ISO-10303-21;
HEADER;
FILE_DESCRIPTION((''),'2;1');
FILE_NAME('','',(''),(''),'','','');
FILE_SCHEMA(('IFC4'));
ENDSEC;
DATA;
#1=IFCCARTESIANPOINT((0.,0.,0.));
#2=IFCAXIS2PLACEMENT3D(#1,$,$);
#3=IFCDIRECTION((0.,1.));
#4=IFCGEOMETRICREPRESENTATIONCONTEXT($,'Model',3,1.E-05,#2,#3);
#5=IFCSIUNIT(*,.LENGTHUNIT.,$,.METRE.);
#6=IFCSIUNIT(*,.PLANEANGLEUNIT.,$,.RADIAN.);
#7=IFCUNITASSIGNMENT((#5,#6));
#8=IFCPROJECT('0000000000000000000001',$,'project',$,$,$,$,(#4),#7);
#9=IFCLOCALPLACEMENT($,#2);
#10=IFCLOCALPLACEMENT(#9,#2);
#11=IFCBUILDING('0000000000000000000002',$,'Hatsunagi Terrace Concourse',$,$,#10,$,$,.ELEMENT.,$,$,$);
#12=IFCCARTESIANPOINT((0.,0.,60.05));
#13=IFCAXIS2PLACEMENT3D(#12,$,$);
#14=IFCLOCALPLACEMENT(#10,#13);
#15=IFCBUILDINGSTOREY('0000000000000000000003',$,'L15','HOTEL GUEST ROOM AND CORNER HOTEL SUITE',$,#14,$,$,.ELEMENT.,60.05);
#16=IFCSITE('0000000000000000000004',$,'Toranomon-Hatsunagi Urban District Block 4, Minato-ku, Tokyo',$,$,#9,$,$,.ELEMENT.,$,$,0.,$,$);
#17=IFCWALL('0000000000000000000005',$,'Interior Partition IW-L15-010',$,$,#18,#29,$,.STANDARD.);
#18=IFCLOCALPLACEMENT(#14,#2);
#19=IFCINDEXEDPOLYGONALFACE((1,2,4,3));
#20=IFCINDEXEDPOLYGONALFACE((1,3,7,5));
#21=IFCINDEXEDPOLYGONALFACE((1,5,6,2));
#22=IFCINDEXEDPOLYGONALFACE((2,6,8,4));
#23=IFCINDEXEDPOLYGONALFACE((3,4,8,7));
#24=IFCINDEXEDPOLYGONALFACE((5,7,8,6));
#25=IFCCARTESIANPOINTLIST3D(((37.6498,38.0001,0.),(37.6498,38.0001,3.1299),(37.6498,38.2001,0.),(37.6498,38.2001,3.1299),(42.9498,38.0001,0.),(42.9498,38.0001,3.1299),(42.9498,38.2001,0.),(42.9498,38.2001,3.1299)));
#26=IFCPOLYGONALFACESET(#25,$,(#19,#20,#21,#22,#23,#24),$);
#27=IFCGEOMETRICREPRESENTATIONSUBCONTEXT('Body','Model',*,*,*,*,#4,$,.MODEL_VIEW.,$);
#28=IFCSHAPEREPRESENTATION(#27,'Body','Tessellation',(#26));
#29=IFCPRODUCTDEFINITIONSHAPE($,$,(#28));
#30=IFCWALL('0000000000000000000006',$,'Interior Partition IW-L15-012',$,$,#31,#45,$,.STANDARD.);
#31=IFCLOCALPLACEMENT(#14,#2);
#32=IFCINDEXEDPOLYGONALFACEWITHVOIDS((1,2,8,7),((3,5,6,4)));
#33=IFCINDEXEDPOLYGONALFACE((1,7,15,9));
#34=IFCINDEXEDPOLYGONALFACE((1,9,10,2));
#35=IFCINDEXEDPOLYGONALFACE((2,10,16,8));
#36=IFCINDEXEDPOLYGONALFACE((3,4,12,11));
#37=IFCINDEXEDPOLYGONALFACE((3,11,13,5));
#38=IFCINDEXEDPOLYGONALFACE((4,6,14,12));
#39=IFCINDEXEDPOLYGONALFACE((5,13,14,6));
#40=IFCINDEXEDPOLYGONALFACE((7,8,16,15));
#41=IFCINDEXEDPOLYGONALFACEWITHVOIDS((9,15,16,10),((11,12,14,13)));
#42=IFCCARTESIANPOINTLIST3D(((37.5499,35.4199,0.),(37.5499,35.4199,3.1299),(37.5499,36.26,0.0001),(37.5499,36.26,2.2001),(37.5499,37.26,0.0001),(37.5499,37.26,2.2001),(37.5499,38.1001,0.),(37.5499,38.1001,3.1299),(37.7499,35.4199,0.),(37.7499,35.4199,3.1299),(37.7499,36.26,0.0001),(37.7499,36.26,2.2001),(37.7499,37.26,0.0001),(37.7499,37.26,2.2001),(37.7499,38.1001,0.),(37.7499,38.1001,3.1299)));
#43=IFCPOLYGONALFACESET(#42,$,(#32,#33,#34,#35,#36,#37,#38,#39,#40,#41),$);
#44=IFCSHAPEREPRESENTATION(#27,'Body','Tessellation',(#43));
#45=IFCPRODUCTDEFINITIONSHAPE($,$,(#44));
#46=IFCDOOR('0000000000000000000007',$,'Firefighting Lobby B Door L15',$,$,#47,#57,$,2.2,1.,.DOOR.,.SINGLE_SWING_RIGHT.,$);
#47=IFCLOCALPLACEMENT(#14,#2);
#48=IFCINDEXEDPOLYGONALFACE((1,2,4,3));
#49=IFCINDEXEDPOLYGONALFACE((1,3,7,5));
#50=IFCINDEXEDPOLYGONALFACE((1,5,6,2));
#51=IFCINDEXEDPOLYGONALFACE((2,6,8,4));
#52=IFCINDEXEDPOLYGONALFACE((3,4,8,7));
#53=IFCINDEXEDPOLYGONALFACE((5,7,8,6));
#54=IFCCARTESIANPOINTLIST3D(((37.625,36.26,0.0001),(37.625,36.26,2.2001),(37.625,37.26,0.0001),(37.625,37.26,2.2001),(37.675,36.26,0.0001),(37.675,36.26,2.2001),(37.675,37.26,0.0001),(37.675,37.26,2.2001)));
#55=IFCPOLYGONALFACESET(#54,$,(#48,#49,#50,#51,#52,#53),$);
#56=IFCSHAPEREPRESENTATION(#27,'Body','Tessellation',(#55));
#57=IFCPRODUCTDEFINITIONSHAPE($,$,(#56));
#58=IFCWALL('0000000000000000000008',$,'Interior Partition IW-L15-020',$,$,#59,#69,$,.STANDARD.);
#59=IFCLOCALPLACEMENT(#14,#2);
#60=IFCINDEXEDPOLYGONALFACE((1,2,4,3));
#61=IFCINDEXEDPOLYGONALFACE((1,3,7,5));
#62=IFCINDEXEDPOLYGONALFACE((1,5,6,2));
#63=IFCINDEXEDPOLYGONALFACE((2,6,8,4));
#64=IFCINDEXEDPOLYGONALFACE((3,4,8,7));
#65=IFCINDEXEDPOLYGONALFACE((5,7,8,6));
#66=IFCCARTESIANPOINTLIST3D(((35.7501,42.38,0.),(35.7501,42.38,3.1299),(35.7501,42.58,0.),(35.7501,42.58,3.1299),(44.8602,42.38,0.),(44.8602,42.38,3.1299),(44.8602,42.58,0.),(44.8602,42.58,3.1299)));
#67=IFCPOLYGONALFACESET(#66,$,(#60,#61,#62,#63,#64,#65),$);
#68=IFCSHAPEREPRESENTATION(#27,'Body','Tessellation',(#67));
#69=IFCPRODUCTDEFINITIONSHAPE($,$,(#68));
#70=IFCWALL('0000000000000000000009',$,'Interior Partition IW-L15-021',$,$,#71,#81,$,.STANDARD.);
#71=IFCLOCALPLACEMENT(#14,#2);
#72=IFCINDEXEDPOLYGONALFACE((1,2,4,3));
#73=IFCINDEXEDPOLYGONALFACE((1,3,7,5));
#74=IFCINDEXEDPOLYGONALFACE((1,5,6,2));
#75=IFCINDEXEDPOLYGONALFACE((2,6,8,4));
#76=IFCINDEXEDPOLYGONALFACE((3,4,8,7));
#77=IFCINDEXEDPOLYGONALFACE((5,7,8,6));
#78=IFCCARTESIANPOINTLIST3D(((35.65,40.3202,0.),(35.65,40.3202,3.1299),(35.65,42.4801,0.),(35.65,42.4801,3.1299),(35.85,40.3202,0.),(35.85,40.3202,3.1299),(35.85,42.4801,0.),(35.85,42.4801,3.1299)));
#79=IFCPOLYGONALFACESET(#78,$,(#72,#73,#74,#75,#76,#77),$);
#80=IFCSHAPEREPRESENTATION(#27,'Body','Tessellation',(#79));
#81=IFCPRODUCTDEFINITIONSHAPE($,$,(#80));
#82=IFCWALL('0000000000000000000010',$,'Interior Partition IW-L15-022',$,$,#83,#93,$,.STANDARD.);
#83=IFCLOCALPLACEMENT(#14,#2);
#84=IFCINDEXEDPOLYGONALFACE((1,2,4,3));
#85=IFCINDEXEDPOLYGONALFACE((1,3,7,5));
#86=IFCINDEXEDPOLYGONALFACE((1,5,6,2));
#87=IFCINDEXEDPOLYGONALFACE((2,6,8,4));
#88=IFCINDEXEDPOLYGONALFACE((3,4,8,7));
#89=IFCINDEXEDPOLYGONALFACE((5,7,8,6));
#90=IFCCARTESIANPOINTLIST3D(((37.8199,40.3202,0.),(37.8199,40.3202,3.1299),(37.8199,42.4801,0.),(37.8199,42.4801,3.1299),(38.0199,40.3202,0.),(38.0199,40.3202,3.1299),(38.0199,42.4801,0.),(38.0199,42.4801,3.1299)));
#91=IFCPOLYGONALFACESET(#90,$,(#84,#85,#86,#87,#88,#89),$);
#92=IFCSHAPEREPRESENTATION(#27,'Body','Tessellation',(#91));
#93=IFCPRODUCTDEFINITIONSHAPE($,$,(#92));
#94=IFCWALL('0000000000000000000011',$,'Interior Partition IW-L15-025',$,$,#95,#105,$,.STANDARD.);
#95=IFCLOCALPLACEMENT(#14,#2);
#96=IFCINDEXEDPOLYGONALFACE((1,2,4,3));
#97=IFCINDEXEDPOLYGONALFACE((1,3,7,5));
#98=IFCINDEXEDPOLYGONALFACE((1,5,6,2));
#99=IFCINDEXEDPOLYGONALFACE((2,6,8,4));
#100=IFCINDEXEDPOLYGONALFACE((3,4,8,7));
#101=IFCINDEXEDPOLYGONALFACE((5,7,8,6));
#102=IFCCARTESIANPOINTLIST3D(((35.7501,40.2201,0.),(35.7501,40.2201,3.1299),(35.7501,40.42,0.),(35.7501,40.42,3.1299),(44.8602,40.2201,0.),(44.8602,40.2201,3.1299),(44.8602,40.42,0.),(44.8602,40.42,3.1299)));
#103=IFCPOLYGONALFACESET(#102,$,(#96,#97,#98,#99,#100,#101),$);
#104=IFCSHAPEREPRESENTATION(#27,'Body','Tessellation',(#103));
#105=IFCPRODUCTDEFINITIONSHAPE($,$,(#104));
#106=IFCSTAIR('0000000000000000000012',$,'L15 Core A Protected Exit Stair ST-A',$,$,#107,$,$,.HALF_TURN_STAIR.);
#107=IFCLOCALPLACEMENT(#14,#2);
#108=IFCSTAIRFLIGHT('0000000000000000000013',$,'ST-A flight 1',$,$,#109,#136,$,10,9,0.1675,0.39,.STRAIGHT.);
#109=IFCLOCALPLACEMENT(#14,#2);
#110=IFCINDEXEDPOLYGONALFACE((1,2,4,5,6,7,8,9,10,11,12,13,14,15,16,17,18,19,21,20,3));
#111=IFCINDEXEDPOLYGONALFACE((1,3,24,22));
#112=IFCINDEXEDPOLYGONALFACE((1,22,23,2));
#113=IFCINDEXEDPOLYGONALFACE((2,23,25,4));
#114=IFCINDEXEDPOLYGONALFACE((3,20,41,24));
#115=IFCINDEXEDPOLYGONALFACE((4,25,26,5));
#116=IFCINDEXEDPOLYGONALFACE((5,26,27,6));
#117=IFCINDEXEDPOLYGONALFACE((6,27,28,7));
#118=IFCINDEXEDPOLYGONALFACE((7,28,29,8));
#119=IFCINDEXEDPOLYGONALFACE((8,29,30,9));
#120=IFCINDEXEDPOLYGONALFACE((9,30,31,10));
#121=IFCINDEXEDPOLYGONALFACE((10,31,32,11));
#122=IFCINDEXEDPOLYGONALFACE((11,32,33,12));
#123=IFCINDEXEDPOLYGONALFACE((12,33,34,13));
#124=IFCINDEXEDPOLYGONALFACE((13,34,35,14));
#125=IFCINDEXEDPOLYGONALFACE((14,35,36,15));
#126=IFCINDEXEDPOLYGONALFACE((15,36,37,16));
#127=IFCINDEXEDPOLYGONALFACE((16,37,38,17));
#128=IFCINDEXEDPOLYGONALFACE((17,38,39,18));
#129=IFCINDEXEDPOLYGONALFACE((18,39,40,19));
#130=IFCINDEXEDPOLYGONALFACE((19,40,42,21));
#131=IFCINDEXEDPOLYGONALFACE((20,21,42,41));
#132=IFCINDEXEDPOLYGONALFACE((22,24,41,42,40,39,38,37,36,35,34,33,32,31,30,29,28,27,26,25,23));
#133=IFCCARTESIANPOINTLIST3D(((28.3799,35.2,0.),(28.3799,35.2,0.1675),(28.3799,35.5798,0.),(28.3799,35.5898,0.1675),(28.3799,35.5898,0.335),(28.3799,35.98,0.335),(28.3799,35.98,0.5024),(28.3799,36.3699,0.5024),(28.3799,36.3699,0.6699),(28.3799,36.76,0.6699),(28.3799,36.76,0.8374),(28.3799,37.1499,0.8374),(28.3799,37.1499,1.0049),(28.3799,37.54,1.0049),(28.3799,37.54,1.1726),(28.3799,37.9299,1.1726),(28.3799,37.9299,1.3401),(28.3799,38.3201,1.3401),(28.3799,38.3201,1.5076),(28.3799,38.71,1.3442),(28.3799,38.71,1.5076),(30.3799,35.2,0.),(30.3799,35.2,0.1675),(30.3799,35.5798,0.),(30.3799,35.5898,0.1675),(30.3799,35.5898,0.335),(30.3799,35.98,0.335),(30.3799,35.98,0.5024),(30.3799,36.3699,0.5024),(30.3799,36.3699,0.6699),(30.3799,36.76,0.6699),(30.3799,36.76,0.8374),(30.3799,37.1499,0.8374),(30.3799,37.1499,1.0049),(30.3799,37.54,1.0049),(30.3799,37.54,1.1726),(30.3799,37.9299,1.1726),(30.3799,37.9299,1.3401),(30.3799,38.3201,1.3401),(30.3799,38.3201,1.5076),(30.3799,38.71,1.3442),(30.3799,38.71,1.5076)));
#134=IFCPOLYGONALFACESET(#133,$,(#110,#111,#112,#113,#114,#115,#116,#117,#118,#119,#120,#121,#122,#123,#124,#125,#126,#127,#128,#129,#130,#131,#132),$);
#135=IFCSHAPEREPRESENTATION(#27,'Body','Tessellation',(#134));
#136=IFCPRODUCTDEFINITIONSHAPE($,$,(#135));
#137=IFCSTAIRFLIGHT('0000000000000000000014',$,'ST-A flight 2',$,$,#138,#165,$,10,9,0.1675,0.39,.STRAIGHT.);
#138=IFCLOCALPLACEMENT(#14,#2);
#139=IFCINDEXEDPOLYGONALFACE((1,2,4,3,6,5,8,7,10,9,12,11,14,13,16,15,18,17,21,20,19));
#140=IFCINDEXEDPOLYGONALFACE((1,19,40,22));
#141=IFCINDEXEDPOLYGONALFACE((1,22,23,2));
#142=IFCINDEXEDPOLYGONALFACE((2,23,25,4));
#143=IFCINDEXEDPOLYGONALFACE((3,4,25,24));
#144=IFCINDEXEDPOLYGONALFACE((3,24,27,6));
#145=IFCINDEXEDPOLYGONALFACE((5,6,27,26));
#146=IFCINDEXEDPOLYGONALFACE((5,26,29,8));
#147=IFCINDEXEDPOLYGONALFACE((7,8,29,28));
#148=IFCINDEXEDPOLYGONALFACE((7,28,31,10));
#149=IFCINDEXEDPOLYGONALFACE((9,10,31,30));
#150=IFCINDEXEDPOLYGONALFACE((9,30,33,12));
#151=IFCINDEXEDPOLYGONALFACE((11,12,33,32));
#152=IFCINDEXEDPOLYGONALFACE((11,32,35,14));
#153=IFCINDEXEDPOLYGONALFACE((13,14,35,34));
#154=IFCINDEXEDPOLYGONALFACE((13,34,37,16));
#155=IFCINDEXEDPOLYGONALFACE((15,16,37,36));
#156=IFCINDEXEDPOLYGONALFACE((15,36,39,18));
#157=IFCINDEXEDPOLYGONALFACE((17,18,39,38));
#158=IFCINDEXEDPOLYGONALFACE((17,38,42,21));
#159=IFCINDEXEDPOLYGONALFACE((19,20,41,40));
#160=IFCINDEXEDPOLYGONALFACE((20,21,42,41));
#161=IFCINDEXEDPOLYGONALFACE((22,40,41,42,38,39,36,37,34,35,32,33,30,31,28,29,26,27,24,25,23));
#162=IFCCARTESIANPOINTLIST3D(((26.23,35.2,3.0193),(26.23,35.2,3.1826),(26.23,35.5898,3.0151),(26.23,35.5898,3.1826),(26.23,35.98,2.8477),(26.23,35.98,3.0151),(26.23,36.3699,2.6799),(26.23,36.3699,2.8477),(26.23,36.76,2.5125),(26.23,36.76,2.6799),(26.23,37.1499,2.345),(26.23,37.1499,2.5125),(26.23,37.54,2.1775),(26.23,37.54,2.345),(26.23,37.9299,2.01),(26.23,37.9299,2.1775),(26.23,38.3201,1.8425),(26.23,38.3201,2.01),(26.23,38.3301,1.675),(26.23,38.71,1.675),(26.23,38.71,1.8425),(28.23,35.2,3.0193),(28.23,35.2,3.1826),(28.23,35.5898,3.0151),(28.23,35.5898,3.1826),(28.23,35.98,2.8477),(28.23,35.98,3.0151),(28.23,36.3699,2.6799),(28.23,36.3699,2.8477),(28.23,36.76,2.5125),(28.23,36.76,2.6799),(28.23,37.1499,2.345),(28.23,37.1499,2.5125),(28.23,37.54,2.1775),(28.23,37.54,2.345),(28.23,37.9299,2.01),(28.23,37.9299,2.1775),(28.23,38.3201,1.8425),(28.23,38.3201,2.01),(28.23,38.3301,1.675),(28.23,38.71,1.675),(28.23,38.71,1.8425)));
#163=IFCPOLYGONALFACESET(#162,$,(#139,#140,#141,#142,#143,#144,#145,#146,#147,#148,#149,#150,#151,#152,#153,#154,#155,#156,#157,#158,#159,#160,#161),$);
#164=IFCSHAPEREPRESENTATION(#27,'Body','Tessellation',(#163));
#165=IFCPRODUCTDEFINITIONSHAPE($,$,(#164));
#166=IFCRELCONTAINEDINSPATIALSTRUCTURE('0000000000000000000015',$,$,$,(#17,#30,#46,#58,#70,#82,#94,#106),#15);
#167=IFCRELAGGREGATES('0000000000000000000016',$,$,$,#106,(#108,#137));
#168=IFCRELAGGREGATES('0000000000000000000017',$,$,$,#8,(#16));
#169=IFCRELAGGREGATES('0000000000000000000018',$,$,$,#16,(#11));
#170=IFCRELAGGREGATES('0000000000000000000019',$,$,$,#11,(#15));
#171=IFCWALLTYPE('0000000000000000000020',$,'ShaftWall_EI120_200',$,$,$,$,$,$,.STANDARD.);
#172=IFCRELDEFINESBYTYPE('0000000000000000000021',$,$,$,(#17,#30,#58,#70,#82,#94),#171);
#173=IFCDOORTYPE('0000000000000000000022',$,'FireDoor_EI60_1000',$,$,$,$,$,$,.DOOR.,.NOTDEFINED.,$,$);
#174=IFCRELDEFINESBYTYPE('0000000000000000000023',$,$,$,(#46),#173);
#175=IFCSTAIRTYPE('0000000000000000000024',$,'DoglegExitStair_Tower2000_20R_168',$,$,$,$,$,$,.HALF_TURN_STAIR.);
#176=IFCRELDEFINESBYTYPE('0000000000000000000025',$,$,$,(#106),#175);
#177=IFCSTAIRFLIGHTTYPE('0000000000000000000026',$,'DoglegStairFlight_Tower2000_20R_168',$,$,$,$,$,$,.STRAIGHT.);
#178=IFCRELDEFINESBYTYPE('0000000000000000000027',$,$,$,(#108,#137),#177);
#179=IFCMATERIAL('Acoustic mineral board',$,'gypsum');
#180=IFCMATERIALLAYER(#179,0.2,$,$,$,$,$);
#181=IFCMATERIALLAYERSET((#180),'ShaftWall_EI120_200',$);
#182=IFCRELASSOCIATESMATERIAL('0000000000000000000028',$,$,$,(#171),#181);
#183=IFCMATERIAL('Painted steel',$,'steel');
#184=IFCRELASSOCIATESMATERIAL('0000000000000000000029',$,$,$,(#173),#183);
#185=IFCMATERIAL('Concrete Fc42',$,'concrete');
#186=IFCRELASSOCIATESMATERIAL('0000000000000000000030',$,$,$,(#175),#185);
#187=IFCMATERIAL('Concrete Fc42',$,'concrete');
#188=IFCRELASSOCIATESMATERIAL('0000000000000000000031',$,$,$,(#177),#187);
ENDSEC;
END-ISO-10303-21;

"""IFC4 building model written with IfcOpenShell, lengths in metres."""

from ifc_helpers import new_model, si_unit, direction, frame, frame_2d, origin, place, context, subcontext, project, spatial, polyline, rectangle, outline, extrude, material, layer, layer_set, type_object, element, fill, aggregate, save


model = new_model("IFC4")

# Units and contexts
model_context = context("Model", 3, precision=1e-05, world=origin(), true_north=direction((0.0, 1.0)))
body_context = subcontext(model_context, "Body", "Model", "MODEL_VIEW")
ifc_project = project(units=[si_unit("LENGTHUNIT", "METRE"), si_unit("PLANEANGLEUNIT", "RADIAN")], contexts=[model_context])

# Site, building, storey
site_placement = place(None, origin())
site = spatial("IfcSite", under=ifc_project, at=site_placement, Name="Toranomon-Hatsunagi Urban District Block 4, Minato-ku, Tokyo", CompositionType="ELEMENT", RefElevation=0.0)
building_placement = place(site_placement, origin())
building = spatial("IfcBuilding", under=site, at=building_placement, Name="Hatsunagi Terrace Concourse", CompositionType="ELEMENT")
storey_placement = place(building_placement, frame((0.0, 0.0, 60.05)))
storey = spatial("IfcBuildingStorey", under=building, at=storey_placement, Name="L15", Description="HOTEL GUEST ROOM AND CORNER HOTEL SUITE", CompositionType="ELEMENT", Elevation=60.05)

# Wall
ifc_material_1 = material(Name="Acoustic mineral board", Category="gypsum")
ifc_layer_1 = layer(ifc_material_1, 0.2)
ifc_layer_set_1 = layer_set([ifc_layer_1], Name="ShaftWall_EI120_200")
wall_type_1 = type_object("IfcWallType", Name="ShaftWall_EI120_200", PredefinedType="STANDARD", material=ifc_layer_set_1)
wall_1_placement = place(storey_placement, frame((37.6499, 38.1001, 0.0), z_axis=(0.0, 0.0, 1.0), x_axis=(1.0, 0.0, 0.0)))
element("IfcWall", 1, at=wall_1_placement, inside=storey, type_object=wall_type_1, Name="Interior Partition IW-L15-010", PredefinedType="STANDARD", context=body_context, shape_type="SweptSolid", body=[
    extrude(rectangle(XDim=5.3, YDim=0.2, at=frame_2d((2.6499, 0.0))), origin(), (0.0, 0.0, 1.0), 3.1299),
])

# Wall, opening, door
wall_2_placement = place(storey_placement, frame((37.6499, 35.4199, 0.0), z_axis=(0.0, 0.0, 1.0), x_axis=(0.0, 1.0, 0.0)))
wall_2 = element("IfcWall", 2, at=wall_2_placement, inside=storey, type_object=wall_type_1, Name="Interior Partition IW-L15-012", PredefinedType="STANDARD", context=body_context, shape_type="SweptSolid", body=[
    extrude(rectangle(XDim=2.6802, YDim=0.2, at=frame_2d((1.3401, 0.0))), origin(), (0.0, 0.0, 1.0), 3.1299),
])
opening_1_placement = place(wall_2_placement, frame((0.8401, 0.0, 0.0)))
opening_1 = element("IfcOpeningElement", 3, at=opening_1_placement, cuts=wall_2, PredefinedType="OPENING", context=body_context, shape_type="SweptSolid", body=[
    extrude(rectangle(XDim=1.0, YDim=2.2, at=frame_2d((0.5, 1.1001))), frame((0.0, 0.1099, 0.0), z_axis=(0.0, -1.0, 0.0), x_axis=(1.0, 0.0, 0.0)), (0.0, 0.0, 1.0), 0.22),
])
ifc_material_2 = material(Name="Painted steel", Category="steel")
door_type_1 = type_object("IfcDoorType", Name="FireDoor_EI60_1000", OperationType="NOTDEFINED", PredefinedType="DOOR", material=ifc_material_2)
door_1_placement = place(opening_1_placement, origin())
door_1 = element("IfcDoor", 4, at=door_1_placement, inside=storey, type_object=door_type_1, Name="Firefighting Lobby B Door L15", OperationType="SINGLE_SWING_RIGHT", OverallHeight=2.2, OverallWidth=1.0, PredefinedType="DOOR", context=body_context, shape_type="SweptSolid", body=[
    extrude(rectangle(XDim=1.0, YDim=2.2, at=frame_2d((0.5, 1.1001))), frame((0.0, 0.0249, 0.0), z_axis=(0.0, -1.0, 0.0), x_axis=(1.0, 0.0, 0.0)), (0.0, 0.0, 1.0), 0.05),
])
fill(opening_1, door_1)

# Walls
wall_3_placement = place(storey_placement, frame((35.75, 42.48, 0.0), z_axis=(0.0, 0.0, 1.0), x_axis=(1.0, 0.0, 0.0)))
element("IfcWall", 5, at=wall_3_placement, inside=storey, type_object=wall_type_1, Name="Interior Partition IW-L15-020", PredefinedType="STANDARD", context=body_context, shape_type="SweptSolid", body=[
    extrude(rectangle(XDim=9.1101, YDim=0.2, at=frame_2d((4.5552, 0.0))), origin(), (0.0, 0.0, 1.0), 3.1299),
])
for number, where, z_axis, x_axis, name in (
    (6, (35.75, 40.3201, 0.0), (0.0, 0.0, 1.0), (0.0, 1.0, 0.0), "Interior Partition IW-L15-021"),
    (7, (37.9199, 40.3201, 0.0), (0.0, 0.0, 1.0), (0.0, 1.0, 0.0), "Interior Partition IW-L15-022"),
):
    element("IfcWall", number, at=place(storey_placement, frame(where, z_axis=z_axis, x_axis=x_axis)), inside=storey, type_object=wall_type_1, Name=name, PredefinedType="STANDARD", context=body_context, shape_type="SweptSolid", body=[
        extrude(rectangle(XDim=2.1599, YDim=0.2, at=frame_2d((1.0801, 0.0))), origin(), (0.0, 0.0, 1.0), 3.1299),
    ])
wall_4_placement = place(storey_placement, frame((35.75, 40.3201, 0.0), z_axis=(0.0, 0.0, 1.0), x_axis=(1.0, 0.0, 0.0)))
element("IfcWall", 8, at=wall_4_placement, inside=storey, type_object=wall_type_1, Name="Interior Partition IW-L15-025", PredefinedType="STANDARD", context=body_context, shape_type="SweptSolid", body=[
    extrude(rectangle(XDim=9.1101, YDim=0.2, at=frame_2d((4.5552, 0.0))), origin(), (0.0, 0.0, 1.0), 3.1299),
])

# Stair, stair flights
ifc_material_3 = material(Name="Concrete Fc42", Category="concrete")
stair_type = type_object("IfcStairType", Name="DoglegExitStair_Tower2000_20R_168", PredefinedType="HALF_TURN_STAIR", material=ifc_material_3)
stair_placement = place(storey_placement, origin())
stair = element("IfcStair", 9, at=stair_placement, inside=storey, type_object=stair_type, Name="L15 Core A Protected Exit Stair ST-A", PredefinedType="HALF_TURN_STAIR")
ifc_material_4 = material(Name="Concrete Fc42", Category="concrete")
stair_flight_type = type_object("IfcStairFlightType", Name="DoglegStairFlight_Tower2000_20R_168", PredefinedType="STRAIGHT", material=ifc_material_4)
stair_flight_1_placement = place(storey_placement, frame((29.3799, 35.2, 0.0), z_axis=(0.0, 0.0, 1.0), x_axis=(0.0, 1.0, 0.0)))
stair_flight_1 = element("IfcStairFlight", 10, at=stair_flight_1_placement, type_object=stair_flight_type, Name="ST-A flight 1", NumberOfRisers=10, NumberOfTreads=9, PredefinedType="STRAIGHT", RiserHeight=0.1675, TreadLength=0.39, context=body_context, shape_type="SweptSolid", body=[
    extrude(outline(polyline([(0.0, 0.0), (0.0, 0.1675), (0.3899, 0.1675), (0.3899, 0.335), (0.78, 0.335), (0.78, 0.5024), (1.1699, 0.5024), (1.1699, 0.6699), (1.5601, 0.6699), (1.5601, 0.8374), (1.95, 0.8374), (1.95, 1.0049), (2.3401, 1.0049), (2.3401, 1.1726), (2.73, 1.1726), (2.73, 1.3401), (3.1201, 1.3401), (3.1201, 1.5076), (3.51, 1.5076), (3.51, 1.675), (3.51, 1.3442), (0.3799, 0.0), (0.0, 0.0)])), frame((0.0, 1.0, 0.0), z_axis=(0.0, -1.0, 0.0), x_axis=(1.0, 0.0, 0.0)), (0.0, 0.0, 1.0), 2.0),
])
stair_flight_2_placement = place(storey_placement, frame((27.23, 38.71, 1.675), z_axis=(0.0, 0.0, 1.0), x_axis=(0.0, -1.0, 0.0)))
stair_flight_2 = element("IfcStairFlight", 11, at=stair_flight_2_placement, type_object=stair_flight_type, Name="ST-A flight 2", NumberOfRisers=10, NumberOfTreads=9, PredefinedType="STRAIGHT", RiserHeight=0.1675, TreadLength=0.39, context=body_context, shape_type="SweptSolid", body=[
    extrude(outline(polyline([(0.0, 0.0), (0.0, 0.1675), (0.3899, 0.1675), (0.3899, 0.335), (0.78, 0.335), (0.78, 0.5024), (1.1699, 0.5024), (1.1699, 0.6699), (1.5601, 0.6699), (1.5601, 0.8374), (1.95, 0.8374), (1.95, 1.0049), (2.3401, 1.0049), (2.3401, 1.1726), (2.73, 1.1726), (2.73, 1.3401), (3.1201, 1.3401), (3.1201, 1.5076), (3.51, 1.5076), (3.51, 1.675), (3.51, 1.3442), (0.3799, 0.0), (0.0, 0.0)])), frame((0.0, 1.0, 0.0), z_axis=(0.0, -1.0, 0.0), x_axis=(1.0, 0.0, 0.0)), (0.0, 0.0, 1.0), 2.0),
])
aggregate(stair, [stair_flight_1, stair_flight_2])

save(model, "model.ifc")
